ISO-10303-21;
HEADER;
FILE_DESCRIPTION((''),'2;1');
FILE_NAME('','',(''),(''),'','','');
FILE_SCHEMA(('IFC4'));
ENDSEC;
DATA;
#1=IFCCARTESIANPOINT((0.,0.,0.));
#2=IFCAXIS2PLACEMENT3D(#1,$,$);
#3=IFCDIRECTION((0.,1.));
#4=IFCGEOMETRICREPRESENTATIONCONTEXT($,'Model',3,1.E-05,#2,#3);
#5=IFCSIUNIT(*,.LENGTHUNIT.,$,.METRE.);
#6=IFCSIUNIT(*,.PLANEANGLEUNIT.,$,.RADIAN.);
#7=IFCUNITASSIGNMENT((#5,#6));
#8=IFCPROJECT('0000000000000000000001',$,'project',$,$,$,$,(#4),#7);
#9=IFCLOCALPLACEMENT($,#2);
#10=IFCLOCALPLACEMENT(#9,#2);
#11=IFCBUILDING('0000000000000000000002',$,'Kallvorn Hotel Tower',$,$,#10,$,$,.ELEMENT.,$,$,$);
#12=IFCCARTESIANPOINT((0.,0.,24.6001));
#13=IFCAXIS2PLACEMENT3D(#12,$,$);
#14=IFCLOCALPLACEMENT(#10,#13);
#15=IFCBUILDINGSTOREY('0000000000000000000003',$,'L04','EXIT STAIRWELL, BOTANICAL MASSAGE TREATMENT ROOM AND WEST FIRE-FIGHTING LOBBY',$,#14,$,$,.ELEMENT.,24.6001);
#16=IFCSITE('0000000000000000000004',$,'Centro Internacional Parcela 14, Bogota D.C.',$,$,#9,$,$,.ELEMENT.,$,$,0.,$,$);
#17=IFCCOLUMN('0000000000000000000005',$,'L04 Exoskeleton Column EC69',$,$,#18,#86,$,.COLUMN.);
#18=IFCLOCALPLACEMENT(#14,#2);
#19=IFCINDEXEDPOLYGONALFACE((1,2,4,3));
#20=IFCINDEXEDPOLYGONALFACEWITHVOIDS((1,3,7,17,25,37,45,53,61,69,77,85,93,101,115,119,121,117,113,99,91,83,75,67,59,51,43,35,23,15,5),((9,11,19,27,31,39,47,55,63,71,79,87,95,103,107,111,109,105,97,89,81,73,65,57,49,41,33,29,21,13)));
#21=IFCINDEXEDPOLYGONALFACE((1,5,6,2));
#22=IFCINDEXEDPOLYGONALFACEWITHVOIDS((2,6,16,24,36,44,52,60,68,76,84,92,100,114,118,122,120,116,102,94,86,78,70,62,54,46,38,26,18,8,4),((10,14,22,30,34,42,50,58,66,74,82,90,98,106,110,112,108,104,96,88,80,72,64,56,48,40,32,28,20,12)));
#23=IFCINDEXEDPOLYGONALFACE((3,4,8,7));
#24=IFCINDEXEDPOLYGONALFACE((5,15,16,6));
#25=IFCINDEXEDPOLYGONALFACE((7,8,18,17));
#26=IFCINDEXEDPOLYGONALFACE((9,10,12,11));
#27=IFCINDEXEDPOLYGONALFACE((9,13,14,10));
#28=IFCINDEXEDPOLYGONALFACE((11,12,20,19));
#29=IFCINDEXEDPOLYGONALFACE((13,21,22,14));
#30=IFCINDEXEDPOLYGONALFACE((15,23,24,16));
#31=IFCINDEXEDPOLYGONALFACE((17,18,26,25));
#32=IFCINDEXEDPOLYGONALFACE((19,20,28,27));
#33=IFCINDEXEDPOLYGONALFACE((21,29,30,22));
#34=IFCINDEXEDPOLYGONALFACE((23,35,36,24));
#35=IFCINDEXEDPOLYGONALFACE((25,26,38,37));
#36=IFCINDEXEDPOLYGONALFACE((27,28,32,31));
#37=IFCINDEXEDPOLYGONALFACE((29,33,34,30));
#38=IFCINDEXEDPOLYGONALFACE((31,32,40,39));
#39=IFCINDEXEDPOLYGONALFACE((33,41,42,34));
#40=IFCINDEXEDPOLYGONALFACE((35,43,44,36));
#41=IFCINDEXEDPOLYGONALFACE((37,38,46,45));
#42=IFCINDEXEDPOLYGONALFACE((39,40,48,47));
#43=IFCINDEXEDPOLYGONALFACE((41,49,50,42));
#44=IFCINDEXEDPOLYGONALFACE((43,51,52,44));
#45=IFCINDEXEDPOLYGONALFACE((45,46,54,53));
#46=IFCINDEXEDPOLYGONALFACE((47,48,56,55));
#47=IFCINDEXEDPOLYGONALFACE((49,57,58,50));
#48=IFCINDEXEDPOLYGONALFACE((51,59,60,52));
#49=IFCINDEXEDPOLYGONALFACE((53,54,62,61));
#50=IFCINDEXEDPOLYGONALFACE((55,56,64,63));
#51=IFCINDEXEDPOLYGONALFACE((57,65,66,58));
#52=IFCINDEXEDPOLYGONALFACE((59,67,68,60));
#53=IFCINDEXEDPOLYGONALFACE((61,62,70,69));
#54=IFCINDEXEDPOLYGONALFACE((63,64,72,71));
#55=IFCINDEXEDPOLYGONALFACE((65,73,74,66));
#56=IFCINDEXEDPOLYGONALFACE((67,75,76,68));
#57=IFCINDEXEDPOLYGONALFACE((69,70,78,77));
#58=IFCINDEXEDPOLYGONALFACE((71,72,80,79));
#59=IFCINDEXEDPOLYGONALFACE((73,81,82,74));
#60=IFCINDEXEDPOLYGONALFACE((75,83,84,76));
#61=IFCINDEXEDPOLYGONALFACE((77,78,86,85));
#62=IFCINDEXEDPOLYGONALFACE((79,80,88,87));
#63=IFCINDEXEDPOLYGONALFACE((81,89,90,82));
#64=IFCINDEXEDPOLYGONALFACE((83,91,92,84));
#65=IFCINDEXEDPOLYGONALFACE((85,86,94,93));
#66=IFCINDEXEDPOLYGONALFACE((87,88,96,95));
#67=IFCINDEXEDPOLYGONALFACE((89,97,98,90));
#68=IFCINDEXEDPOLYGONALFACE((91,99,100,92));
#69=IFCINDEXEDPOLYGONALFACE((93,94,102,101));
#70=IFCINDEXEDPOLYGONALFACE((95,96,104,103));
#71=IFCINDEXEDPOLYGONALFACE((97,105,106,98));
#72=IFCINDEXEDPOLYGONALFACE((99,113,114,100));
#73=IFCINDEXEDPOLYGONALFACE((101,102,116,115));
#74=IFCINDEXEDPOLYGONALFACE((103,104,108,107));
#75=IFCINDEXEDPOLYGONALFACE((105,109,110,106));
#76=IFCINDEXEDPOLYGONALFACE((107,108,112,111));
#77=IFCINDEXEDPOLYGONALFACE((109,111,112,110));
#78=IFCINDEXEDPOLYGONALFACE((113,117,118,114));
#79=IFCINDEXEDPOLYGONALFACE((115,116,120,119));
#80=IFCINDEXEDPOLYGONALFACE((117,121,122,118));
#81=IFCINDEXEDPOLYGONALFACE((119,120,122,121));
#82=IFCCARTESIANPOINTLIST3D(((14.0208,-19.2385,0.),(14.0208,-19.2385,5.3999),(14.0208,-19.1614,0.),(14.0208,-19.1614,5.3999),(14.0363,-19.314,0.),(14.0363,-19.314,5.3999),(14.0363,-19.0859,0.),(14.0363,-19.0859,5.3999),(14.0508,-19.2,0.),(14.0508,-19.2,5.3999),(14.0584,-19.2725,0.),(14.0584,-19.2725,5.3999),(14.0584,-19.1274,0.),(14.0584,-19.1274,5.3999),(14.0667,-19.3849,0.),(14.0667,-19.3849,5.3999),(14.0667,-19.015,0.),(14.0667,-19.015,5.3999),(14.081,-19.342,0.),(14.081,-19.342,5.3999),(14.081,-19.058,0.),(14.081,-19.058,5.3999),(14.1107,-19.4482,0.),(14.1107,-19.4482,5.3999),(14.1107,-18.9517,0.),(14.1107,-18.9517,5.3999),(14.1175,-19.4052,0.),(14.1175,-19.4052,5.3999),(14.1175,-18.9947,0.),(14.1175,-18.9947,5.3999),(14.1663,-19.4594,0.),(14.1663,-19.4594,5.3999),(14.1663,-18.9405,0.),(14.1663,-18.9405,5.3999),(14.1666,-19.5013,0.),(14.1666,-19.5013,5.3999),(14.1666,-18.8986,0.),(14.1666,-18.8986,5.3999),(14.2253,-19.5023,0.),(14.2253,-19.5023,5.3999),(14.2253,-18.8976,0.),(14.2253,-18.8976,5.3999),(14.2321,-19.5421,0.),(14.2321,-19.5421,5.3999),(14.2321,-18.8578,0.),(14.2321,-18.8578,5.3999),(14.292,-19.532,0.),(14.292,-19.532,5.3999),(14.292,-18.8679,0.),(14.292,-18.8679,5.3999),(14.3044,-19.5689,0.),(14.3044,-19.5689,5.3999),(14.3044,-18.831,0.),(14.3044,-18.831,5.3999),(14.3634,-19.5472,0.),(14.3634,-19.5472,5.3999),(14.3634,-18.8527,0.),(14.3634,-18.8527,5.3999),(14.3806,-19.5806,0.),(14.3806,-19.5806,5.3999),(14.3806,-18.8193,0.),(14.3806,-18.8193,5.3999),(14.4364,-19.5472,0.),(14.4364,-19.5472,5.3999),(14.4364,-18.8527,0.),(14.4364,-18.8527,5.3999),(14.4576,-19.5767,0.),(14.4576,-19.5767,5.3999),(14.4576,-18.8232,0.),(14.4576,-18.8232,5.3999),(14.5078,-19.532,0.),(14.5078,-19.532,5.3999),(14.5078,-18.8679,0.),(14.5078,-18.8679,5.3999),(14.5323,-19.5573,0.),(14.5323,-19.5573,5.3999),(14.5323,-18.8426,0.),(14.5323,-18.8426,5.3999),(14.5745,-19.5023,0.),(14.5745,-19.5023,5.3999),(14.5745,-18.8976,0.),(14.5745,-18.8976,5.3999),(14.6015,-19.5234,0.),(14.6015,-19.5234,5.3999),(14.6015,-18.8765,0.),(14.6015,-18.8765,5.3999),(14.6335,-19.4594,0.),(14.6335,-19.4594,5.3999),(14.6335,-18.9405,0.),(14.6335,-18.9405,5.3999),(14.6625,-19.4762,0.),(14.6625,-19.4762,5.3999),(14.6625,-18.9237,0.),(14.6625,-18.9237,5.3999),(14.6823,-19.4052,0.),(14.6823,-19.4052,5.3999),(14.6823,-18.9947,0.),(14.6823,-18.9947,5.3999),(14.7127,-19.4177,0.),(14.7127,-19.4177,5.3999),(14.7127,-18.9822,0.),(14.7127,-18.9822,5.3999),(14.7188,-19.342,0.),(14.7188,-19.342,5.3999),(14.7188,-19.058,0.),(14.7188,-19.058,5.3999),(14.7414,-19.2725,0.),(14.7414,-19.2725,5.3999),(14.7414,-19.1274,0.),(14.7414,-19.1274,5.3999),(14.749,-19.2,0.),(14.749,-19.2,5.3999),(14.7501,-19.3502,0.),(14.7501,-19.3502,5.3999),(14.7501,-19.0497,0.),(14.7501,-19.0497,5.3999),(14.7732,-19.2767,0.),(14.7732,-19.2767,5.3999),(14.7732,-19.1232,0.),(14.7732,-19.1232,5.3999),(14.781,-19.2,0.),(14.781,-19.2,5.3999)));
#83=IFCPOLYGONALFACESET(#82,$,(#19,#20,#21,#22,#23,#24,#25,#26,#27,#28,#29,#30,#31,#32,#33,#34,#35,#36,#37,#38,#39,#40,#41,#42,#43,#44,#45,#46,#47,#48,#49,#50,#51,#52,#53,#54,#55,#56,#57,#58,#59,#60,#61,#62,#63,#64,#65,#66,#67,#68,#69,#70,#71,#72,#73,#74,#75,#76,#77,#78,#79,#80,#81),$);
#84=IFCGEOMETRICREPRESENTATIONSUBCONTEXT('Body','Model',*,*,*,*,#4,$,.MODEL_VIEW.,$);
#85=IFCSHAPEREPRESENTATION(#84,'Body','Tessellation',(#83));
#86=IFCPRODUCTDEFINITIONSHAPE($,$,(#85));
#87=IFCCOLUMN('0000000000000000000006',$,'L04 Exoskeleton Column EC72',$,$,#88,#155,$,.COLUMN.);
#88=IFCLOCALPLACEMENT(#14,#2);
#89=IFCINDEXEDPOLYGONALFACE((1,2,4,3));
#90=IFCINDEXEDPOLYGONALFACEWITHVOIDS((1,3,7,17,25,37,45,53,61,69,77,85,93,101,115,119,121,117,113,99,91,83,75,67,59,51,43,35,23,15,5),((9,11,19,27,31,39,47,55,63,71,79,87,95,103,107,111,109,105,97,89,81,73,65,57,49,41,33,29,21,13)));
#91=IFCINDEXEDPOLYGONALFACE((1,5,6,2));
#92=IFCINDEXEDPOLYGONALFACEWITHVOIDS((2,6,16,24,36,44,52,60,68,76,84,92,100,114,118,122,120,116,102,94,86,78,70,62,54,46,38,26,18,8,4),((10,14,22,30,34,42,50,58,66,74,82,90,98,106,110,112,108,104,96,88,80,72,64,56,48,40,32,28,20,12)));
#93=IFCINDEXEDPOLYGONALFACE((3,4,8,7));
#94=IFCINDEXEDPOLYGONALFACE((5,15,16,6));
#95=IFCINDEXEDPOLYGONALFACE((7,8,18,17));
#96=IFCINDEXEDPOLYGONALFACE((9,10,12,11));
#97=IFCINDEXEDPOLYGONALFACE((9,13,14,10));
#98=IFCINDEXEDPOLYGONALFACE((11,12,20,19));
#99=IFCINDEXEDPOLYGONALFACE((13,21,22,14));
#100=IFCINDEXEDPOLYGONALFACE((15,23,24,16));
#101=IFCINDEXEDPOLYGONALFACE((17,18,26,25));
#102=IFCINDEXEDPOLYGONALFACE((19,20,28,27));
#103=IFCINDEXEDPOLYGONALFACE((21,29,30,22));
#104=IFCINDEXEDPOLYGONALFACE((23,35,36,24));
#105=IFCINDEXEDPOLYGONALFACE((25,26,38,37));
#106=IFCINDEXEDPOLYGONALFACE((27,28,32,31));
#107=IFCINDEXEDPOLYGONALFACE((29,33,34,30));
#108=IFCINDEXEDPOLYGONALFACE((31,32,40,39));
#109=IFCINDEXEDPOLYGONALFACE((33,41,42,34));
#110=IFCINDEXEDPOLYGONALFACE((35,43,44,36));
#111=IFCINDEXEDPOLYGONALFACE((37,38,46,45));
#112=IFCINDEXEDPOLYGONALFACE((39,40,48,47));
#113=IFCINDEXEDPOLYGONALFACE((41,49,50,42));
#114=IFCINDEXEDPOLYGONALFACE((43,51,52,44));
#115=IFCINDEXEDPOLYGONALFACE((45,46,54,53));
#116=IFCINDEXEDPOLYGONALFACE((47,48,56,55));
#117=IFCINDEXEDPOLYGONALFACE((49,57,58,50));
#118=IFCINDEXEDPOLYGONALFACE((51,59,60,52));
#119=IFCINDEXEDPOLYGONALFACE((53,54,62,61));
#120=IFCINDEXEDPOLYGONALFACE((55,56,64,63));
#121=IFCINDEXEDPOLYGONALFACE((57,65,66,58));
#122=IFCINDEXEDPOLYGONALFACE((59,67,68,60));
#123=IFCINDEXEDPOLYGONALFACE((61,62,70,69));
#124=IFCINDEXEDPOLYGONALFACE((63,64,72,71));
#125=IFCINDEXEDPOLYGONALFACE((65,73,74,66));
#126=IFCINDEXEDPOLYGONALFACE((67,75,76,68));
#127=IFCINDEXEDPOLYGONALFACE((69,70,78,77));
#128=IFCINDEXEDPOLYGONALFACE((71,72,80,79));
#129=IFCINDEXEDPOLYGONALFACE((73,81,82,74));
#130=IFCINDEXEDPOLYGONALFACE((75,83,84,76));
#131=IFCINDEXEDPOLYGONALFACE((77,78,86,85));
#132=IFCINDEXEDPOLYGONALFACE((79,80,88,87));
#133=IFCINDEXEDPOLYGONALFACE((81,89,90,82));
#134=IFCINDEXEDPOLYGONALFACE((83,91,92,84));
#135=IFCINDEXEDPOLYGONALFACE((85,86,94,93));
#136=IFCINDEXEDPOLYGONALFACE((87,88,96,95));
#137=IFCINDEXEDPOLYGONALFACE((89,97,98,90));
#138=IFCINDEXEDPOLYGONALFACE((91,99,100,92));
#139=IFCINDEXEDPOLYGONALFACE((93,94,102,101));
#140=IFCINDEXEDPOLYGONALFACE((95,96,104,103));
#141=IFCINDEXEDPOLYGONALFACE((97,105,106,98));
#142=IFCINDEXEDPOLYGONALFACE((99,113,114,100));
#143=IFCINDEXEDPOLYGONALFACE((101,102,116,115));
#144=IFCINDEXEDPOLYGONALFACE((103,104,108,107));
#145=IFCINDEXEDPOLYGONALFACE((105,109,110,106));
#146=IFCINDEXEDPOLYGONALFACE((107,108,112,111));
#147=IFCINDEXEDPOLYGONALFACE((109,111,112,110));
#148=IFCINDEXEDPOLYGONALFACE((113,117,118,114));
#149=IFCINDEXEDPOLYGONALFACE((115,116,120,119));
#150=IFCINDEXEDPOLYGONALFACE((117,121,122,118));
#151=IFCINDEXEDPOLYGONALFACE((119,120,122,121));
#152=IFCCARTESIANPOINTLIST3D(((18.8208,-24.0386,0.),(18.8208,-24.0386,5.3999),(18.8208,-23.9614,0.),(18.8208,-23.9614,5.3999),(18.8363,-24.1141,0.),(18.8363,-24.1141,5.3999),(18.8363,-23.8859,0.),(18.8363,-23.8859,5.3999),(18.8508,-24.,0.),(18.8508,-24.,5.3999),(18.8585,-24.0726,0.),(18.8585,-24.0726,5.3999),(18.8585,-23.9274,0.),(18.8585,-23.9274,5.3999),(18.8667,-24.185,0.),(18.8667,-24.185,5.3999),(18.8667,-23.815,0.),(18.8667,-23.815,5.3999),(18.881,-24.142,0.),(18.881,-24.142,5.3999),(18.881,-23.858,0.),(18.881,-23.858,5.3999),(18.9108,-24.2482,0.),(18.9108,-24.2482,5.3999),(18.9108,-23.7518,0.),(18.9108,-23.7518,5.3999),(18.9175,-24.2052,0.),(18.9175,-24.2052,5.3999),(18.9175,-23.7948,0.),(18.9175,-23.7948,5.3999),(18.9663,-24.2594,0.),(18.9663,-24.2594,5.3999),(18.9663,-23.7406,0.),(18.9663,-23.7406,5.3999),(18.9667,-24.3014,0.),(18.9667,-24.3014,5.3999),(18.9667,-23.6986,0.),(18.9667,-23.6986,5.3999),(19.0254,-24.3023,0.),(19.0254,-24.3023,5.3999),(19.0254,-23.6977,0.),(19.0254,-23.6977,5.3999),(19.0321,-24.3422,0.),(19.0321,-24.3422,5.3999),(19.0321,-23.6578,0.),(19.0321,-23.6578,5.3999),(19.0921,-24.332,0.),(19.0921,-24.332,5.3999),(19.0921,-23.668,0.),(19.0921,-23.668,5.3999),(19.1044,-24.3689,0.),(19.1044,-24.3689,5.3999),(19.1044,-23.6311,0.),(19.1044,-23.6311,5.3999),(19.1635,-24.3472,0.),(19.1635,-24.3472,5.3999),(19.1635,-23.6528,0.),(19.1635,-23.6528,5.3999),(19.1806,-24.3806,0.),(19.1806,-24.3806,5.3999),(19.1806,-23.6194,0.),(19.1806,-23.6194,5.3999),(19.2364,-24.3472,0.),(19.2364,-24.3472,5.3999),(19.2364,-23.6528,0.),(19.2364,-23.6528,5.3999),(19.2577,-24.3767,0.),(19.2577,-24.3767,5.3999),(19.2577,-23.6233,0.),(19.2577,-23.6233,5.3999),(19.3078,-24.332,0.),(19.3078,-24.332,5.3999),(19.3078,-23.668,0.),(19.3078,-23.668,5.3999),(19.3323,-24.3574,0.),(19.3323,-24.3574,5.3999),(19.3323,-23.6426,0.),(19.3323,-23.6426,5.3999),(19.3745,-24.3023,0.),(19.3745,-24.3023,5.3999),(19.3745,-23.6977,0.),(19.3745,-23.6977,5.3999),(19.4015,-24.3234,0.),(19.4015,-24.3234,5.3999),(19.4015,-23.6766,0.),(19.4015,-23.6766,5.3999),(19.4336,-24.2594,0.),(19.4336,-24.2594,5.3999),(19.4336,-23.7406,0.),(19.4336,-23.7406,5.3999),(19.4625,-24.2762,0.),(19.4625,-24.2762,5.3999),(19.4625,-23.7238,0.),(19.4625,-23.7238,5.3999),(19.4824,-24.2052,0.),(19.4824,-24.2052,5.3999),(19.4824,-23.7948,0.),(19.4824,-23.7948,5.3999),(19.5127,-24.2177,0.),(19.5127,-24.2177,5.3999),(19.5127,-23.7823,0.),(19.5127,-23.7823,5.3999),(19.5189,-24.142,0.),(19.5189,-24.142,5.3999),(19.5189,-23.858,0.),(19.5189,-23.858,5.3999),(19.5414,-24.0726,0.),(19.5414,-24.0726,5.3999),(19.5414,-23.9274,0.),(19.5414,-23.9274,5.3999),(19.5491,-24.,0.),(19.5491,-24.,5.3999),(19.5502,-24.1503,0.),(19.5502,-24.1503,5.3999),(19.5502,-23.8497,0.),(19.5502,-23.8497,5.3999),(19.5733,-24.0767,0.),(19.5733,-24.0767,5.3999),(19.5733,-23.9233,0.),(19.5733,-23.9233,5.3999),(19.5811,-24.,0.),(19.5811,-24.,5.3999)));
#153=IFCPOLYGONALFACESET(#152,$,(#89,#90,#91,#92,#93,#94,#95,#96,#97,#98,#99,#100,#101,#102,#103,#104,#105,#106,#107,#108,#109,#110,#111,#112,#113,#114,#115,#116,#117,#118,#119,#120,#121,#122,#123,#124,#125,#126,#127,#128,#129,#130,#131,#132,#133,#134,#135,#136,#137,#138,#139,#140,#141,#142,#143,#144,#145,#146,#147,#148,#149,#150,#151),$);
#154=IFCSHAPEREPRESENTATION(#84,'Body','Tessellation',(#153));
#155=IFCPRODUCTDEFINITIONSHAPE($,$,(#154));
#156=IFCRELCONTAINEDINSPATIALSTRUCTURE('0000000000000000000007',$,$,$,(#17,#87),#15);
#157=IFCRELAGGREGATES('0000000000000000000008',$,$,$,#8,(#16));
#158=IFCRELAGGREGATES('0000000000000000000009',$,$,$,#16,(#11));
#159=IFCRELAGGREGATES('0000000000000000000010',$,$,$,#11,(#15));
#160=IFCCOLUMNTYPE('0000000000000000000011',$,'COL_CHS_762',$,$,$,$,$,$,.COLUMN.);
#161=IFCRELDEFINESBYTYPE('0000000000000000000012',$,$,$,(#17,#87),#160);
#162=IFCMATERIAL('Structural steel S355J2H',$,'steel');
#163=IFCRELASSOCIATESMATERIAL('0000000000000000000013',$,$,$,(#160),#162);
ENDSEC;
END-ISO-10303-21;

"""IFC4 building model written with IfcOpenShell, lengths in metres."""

from ifc_helpers import new_model, si_unit, direction, frame, origin, origin_2d, place, context, subcontext, project, spatial, hollow_circle, extrude, material, material_profile, profile_set, type_object, element, save


model = new_model("IFC4")

# Units and contexts
model_context = context("Model", 3, precision=1e-05, world=origin(), true_north=direction((0.0, 1.0)))
body_context = subcontext(model_context, "Body", "Model", "MODEL_VIEW")
ifc_project = project(units=[si_unit("LENGTHUNIT", "METRE"), si_unit("PLANEANGLEUNIT", "RADIAN")], contexts=[model_context])

# Site, building, storey
site_placement = place(None, origin())
site = spatial("IfcSite", under=ifc_project, at=site_placement, Name="Centro Internacional Parcela 14, Bogota D.C.", CompositionType="ELEMENT", RefElevation=0.0)
building_placement = place(site_placement, origin())
building = spatial("IfcBuilding", under=site, at=building_placement, Name="Kallvorn Hotel Tower", CompositionType="ELEMENT")
storey_placement = place(building_placement, frame((0.0, 0.0, 24.6001)))
storey = spatial("IfcBuildingStorey", under=building, at=storey_placement, Name="L04", Description="EXIT STAIRWELL, BOTANICAL MASSAGE TREATMENT ROOM AND WEST FIRE-FIGHTING LOBBY", CompositionType="ELEMENT", Elevation=24.6001)

# Columns
ifc_material_1 = material(Name="Structural steel S355J2H", Category="steel")
ifc_material_profile_1 = material_profile(ifc_material_1, hollow_circle(Radius=0.3811, WallThickness=0.032, at=origin_2d()), Name="CHS 762x32")
ifc_profile_set_1 = profile_set([ifc_material_profile_1], Name="Structural steel S355J2H")
column_type_1 = type_object("IfcColumnType", Name="COL_CHS_762", PredefinedType="COLUMN", material=ifc_profile_set_1)
for number, where, z_axis, x_axis, name in (
    (1, (14.3999, -19.2, 0.0), (0.0, 0.0, 1.0), (1.0, 0.0, 0.0), "L04 Exoskeleton Column EC69"),
    (2, (19.2, -24.0, 0.0), (0.0, 0.0, 1.0), (1.0, 0.0, 0.0), "L04 Exoskeleton Column EC72"),
):
    element("IfcColumn", number, at=place(storey_placement, frame(where, z_axis=z_axis, x_axis=x_axis)), inside=storey, type_object=column_type_1, Name=name, PredefinedType="COLUMN", context=body_context, shape_type="SweptSolid", body=[
        extrude(hollow_circle(Radius=0.3811, WallThickness=0.032, at=origin_2d()), origin(), (0.0, 0.0, 1.0), 5.3999),
    ])

save(model, "model.ifc")
